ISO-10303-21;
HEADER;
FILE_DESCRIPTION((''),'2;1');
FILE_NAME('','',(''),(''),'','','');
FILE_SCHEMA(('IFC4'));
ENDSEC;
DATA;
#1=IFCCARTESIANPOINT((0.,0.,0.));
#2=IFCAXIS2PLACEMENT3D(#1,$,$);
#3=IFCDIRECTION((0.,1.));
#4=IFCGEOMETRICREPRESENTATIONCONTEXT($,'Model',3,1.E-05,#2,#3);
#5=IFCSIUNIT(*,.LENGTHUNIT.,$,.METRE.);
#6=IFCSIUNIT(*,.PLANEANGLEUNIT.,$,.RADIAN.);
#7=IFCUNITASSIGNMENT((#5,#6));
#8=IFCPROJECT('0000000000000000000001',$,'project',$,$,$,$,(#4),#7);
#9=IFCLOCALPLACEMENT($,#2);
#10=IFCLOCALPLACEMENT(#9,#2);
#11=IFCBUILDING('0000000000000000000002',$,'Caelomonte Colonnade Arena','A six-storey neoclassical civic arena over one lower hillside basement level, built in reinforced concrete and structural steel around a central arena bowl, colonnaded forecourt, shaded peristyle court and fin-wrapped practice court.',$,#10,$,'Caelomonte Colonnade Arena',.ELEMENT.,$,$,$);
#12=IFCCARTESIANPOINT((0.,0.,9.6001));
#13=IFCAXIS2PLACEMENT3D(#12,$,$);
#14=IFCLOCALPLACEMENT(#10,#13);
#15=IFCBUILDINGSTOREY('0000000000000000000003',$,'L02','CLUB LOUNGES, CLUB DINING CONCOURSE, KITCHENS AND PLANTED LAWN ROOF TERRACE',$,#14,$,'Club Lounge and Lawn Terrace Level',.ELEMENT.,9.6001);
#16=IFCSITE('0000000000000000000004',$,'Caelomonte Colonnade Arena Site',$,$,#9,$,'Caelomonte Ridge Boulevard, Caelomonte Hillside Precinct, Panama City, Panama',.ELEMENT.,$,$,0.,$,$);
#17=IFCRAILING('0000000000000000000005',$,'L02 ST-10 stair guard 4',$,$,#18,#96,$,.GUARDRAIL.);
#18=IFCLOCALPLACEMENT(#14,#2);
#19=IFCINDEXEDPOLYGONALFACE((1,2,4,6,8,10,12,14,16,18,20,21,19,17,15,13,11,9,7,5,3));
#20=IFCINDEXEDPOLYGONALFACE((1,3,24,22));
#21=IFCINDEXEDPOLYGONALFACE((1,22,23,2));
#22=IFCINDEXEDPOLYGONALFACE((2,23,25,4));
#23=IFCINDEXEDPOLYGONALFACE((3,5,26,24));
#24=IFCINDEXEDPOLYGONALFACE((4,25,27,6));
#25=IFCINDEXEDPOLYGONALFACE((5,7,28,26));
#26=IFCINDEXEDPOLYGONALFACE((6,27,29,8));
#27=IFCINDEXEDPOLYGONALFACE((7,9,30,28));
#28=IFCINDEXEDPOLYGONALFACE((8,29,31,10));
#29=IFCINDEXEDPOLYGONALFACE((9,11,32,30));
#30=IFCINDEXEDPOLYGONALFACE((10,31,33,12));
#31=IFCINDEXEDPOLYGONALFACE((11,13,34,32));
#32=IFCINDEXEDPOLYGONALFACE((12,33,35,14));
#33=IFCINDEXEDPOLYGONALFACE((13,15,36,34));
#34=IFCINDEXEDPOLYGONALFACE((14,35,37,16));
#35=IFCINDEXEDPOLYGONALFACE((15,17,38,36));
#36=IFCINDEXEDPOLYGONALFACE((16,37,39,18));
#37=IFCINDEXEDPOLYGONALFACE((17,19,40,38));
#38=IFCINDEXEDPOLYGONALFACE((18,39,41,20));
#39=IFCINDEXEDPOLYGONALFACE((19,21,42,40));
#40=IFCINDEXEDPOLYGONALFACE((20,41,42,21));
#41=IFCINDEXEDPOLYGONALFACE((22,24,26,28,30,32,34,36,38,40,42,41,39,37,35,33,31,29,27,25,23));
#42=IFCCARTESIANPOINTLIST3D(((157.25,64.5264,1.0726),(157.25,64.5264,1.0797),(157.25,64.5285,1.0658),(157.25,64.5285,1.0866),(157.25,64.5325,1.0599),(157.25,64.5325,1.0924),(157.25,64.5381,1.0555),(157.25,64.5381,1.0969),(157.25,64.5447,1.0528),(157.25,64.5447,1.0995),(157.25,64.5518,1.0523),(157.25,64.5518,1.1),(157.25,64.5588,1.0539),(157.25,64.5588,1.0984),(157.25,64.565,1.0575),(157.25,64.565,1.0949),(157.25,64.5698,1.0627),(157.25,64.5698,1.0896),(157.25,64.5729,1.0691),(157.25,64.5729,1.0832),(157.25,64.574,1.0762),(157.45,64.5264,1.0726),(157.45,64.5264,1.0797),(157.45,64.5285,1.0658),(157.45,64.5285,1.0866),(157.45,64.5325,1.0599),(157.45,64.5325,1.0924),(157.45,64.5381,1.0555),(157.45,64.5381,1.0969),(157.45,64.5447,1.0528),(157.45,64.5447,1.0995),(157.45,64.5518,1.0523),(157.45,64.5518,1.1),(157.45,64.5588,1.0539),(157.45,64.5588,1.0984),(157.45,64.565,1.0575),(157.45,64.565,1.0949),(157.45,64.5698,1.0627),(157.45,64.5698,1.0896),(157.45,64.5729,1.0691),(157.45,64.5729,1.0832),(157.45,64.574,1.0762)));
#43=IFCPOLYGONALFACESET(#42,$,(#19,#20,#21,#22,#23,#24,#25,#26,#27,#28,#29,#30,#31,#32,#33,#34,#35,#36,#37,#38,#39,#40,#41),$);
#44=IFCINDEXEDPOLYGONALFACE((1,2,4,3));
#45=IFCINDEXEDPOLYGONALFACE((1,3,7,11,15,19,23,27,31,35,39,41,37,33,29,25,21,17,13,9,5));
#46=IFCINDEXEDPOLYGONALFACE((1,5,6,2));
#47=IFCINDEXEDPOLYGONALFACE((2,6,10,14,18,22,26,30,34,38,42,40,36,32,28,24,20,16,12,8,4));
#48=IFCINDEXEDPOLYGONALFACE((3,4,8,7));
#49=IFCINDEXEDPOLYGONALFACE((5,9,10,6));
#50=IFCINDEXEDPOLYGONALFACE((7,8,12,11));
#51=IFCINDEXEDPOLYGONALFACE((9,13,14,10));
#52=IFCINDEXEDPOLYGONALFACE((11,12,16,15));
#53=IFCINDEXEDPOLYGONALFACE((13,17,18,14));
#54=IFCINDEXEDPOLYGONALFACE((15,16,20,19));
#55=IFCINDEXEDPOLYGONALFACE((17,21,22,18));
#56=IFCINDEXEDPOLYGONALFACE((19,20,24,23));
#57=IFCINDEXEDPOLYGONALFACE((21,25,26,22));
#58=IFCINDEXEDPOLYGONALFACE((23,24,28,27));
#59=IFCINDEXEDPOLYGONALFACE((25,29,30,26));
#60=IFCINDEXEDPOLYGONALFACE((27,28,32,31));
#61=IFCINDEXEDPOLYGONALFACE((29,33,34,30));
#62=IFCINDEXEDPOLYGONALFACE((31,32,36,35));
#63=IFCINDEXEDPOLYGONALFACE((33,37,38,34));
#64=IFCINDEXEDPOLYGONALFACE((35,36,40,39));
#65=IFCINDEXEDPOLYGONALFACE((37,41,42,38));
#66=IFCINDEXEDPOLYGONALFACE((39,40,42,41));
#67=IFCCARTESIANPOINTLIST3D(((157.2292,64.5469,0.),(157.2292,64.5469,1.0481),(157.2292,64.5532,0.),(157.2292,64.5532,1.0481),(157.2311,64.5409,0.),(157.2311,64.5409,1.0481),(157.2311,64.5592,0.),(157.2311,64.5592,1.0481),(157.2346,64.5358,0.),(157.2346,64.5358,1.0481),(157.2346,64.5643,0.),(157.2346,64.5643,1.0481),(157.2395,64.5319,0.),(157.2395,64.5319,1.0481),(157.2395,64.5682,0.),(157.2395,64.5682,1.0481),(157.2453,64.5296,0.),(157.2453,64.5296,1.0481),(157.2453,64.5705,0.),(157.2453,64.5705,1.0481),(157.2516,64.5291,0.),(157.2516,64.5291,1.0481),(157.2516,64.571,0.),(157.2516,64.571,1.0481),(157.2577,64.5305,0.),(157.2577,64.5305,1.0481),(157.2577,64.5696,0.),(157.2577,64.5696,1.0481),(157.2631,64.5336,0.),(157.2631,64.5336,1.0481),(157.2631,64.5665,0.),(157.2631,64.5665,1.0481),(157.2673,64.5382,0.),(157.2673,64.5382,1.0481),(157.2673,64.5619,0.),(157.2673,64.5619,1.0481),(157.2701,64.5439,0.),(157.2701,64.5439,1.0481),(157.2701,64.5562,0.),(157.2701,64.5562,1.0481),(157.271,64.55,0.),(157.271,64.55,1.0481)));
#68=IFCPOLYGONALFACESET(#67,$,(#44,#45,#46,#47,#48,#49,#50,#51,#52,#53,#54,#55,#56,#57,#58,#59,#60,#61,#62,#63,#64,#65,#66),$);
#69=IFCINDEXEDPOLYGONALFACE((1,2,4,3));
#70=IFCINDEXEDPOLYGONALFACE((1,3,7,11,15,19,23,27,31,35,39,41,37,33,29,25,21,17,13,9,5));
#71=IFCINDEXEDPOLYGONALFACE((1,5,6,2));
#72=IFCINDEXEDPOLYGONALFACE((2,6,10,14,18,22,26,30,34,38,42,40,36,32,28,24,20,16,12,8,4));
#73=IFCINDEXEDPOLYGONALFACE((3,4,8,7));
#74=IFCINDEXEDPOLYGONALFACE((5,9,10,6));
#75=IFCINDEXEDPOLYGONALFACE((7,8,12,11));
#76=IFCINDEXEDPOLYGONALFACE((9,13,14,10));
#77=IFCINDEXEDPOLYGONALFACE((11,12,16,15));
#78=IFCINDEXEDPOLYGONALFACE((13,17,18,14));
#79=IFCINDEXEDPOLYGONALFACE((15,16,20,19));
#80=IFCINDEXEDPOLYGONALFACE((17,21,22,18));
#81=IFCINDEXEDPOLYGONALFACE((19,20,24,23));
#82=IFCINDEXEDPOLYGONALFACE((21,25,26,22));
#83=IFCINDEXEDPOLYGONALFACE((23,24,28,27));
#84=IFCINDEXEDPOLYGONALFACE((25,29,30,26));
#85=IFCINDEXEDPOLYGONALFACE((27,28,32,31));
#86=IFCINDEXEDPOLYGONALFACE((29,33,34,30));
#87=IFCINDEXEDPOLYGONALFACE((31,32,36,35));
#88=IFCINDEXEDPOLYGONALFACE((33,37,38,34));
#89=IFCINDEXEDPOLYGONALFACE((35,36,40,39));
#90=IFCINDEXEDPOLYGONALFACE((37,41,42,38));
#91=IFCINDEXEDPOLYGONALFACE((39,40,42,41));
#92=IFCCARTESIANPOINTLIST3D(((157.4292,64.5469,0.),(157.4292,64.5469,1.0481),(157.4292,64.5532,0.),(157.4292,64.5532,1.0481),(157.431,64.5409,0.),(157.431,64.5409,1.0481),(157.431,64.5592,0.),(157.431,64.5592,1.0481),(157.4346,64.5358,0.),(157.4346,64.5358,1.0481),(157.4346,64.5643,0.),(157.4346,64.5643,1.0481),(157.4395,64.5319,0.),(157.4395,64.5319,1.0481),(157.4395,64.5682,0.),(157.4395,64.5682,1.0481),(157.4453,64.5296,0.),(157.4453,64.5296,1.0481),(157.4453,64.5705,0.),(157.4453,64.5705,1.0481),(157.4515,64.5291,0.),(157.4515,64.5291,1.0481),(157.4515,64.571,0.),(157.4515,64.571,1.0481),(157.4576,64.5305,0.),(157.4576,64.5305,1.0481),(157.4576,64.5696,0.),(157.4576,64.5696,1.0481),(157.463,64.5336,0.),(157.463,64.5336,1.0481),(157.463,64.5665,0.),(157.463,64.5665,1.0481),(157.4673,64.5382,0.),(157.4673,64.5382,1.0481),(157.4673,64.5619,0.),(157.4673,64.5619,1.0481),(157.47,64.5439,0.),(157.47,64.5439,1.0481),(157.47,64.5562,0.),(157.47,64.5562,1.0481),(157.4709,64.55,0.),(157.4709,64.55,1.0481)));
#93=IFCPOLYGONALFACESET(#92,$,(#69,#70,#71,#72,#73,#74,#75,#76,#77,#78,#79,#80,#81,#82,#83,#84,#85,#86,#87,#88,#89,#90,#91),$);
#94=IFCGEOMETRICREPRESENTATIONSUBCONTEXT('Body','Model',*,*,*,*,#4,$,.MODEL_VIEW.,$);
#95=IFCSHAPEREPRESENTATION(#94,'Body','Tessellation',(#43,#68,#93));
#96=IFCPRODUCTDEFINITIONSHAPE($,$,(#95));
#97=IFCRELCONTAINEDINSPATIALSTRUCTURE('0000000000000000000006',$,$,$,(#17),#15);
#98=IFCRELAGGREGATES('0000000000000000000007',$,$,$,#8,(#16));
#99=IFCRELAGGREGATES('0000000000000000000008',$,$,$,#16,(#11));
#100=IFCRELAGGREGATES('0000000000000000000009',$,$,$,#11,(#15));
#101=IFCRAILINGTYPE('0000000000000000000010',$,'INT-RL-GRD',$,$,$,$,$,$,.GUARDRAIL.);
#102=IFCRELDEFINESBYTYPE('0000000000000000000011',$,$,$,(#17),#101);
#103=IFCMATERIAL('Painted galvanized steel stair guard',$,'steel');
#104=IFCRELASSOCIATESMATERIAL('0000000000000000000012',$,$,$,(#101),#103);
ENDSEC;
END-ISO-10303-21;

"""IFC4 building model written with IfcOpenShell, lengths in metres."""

from ifc_helpers import new_model, si_unit, direction, frame, origin, origin_2d, place, context, subcontext, project, spatial, circle, extrude, material, type_object, element, save


model = new_model("IFC4")

# Units and contexts
model_context = context("Model", 3, precision=1e-05, world=origin(), true_north=direction((0.0, 1.0)))
body_context = subcontext(model_context, "Body", "Model", "MODEL_VIEW")
ifc_project = project(units=[si_unit("LENGTHUNIT", "METRE"), si_unit("PLANEANGLEUNIT", "RADIAN")], contexts=[model_context])

# Site, building, storey
site_placement = place(None, origin())
site = spatial("IfcSite", under=ifc_project, at=site_placement, Name="Caelomonte Colonnade Arena Site", LongName="Caelomonte Ridge Boulevard, Caelomonte Hillside Precinct, Panama City, Panama", CompositionType="ELEMENT", RefElevation=0.0)
building_placement = place(site_placement, origin())
building = spatial("IfcBuilding", under=site, at=building_placement, Name="Caelomonte Colonnade Arena", Description="A six-storey neoclassical civic arena over one lower hillside basement level, built in reinforced concrete and structural steel around a central arena bowl, colonnaded forecourt, shaded peristyle court and fin-wrapped practice court.", LongName="Caelomonte Colonnade Arena", CompositionType="ELEMENT")
storey_placement = place(building_placement, frame((0.0, 0.0, 9.6001)))
storey = spatial("IfcBuildingStorey", under=building, at=storey_placement, Name="L02", Description="CLUB LOUNGES, CLUB DINING CONCOURSE, KITCHENS AND PLANTED LAWN ROOF TERRACE", LongName="Club Lounge and Lawn Terrace Level", CompositionType="ELEMENT", Elevation=9.6001)

# Railing
ifc_material_1 = material(Name="Painted galvanized steel stair guard", Category="steel")
railing_type_1 = type_object("IfcRailingType", Name="INT-RL-GRD", PredefinedType="GUARDRAIL", material=ifc_material_1)
railing_1_placement = place(storey_placement, frame((157.25, 64.55, 0.0)))
element("IfcRailing", 1, at=railing_1_placement, inside=storey, type_object=railing_type_1, Name="L02 ST-10 stair guard 4", PredefinedType="GUARDRAIL", context=body_context, shape_type="SweptSolid", body=[
    extrude(circle(Radius=0.0239, at=origin_2d()), frame((0.0, 0.0, 1.0762), z_axis=(1.0, 0.0, 0.0), x_axis=(0.0, 1.0, 0.0)), (0.0, 0.0, 1.0), 0.2),
    extrude(circle(Radius=0.021, at=origin_2d()), origin(), (0.0, 0.0, 1.0), 1.0481),
    extrude(circle(Radius=0.021, at=origin_2d()), frame((0.2, 0.0, 0.0)), (0.0, 0.0, 1.0), 1.0481),
])

save(model, "model.ifc")
